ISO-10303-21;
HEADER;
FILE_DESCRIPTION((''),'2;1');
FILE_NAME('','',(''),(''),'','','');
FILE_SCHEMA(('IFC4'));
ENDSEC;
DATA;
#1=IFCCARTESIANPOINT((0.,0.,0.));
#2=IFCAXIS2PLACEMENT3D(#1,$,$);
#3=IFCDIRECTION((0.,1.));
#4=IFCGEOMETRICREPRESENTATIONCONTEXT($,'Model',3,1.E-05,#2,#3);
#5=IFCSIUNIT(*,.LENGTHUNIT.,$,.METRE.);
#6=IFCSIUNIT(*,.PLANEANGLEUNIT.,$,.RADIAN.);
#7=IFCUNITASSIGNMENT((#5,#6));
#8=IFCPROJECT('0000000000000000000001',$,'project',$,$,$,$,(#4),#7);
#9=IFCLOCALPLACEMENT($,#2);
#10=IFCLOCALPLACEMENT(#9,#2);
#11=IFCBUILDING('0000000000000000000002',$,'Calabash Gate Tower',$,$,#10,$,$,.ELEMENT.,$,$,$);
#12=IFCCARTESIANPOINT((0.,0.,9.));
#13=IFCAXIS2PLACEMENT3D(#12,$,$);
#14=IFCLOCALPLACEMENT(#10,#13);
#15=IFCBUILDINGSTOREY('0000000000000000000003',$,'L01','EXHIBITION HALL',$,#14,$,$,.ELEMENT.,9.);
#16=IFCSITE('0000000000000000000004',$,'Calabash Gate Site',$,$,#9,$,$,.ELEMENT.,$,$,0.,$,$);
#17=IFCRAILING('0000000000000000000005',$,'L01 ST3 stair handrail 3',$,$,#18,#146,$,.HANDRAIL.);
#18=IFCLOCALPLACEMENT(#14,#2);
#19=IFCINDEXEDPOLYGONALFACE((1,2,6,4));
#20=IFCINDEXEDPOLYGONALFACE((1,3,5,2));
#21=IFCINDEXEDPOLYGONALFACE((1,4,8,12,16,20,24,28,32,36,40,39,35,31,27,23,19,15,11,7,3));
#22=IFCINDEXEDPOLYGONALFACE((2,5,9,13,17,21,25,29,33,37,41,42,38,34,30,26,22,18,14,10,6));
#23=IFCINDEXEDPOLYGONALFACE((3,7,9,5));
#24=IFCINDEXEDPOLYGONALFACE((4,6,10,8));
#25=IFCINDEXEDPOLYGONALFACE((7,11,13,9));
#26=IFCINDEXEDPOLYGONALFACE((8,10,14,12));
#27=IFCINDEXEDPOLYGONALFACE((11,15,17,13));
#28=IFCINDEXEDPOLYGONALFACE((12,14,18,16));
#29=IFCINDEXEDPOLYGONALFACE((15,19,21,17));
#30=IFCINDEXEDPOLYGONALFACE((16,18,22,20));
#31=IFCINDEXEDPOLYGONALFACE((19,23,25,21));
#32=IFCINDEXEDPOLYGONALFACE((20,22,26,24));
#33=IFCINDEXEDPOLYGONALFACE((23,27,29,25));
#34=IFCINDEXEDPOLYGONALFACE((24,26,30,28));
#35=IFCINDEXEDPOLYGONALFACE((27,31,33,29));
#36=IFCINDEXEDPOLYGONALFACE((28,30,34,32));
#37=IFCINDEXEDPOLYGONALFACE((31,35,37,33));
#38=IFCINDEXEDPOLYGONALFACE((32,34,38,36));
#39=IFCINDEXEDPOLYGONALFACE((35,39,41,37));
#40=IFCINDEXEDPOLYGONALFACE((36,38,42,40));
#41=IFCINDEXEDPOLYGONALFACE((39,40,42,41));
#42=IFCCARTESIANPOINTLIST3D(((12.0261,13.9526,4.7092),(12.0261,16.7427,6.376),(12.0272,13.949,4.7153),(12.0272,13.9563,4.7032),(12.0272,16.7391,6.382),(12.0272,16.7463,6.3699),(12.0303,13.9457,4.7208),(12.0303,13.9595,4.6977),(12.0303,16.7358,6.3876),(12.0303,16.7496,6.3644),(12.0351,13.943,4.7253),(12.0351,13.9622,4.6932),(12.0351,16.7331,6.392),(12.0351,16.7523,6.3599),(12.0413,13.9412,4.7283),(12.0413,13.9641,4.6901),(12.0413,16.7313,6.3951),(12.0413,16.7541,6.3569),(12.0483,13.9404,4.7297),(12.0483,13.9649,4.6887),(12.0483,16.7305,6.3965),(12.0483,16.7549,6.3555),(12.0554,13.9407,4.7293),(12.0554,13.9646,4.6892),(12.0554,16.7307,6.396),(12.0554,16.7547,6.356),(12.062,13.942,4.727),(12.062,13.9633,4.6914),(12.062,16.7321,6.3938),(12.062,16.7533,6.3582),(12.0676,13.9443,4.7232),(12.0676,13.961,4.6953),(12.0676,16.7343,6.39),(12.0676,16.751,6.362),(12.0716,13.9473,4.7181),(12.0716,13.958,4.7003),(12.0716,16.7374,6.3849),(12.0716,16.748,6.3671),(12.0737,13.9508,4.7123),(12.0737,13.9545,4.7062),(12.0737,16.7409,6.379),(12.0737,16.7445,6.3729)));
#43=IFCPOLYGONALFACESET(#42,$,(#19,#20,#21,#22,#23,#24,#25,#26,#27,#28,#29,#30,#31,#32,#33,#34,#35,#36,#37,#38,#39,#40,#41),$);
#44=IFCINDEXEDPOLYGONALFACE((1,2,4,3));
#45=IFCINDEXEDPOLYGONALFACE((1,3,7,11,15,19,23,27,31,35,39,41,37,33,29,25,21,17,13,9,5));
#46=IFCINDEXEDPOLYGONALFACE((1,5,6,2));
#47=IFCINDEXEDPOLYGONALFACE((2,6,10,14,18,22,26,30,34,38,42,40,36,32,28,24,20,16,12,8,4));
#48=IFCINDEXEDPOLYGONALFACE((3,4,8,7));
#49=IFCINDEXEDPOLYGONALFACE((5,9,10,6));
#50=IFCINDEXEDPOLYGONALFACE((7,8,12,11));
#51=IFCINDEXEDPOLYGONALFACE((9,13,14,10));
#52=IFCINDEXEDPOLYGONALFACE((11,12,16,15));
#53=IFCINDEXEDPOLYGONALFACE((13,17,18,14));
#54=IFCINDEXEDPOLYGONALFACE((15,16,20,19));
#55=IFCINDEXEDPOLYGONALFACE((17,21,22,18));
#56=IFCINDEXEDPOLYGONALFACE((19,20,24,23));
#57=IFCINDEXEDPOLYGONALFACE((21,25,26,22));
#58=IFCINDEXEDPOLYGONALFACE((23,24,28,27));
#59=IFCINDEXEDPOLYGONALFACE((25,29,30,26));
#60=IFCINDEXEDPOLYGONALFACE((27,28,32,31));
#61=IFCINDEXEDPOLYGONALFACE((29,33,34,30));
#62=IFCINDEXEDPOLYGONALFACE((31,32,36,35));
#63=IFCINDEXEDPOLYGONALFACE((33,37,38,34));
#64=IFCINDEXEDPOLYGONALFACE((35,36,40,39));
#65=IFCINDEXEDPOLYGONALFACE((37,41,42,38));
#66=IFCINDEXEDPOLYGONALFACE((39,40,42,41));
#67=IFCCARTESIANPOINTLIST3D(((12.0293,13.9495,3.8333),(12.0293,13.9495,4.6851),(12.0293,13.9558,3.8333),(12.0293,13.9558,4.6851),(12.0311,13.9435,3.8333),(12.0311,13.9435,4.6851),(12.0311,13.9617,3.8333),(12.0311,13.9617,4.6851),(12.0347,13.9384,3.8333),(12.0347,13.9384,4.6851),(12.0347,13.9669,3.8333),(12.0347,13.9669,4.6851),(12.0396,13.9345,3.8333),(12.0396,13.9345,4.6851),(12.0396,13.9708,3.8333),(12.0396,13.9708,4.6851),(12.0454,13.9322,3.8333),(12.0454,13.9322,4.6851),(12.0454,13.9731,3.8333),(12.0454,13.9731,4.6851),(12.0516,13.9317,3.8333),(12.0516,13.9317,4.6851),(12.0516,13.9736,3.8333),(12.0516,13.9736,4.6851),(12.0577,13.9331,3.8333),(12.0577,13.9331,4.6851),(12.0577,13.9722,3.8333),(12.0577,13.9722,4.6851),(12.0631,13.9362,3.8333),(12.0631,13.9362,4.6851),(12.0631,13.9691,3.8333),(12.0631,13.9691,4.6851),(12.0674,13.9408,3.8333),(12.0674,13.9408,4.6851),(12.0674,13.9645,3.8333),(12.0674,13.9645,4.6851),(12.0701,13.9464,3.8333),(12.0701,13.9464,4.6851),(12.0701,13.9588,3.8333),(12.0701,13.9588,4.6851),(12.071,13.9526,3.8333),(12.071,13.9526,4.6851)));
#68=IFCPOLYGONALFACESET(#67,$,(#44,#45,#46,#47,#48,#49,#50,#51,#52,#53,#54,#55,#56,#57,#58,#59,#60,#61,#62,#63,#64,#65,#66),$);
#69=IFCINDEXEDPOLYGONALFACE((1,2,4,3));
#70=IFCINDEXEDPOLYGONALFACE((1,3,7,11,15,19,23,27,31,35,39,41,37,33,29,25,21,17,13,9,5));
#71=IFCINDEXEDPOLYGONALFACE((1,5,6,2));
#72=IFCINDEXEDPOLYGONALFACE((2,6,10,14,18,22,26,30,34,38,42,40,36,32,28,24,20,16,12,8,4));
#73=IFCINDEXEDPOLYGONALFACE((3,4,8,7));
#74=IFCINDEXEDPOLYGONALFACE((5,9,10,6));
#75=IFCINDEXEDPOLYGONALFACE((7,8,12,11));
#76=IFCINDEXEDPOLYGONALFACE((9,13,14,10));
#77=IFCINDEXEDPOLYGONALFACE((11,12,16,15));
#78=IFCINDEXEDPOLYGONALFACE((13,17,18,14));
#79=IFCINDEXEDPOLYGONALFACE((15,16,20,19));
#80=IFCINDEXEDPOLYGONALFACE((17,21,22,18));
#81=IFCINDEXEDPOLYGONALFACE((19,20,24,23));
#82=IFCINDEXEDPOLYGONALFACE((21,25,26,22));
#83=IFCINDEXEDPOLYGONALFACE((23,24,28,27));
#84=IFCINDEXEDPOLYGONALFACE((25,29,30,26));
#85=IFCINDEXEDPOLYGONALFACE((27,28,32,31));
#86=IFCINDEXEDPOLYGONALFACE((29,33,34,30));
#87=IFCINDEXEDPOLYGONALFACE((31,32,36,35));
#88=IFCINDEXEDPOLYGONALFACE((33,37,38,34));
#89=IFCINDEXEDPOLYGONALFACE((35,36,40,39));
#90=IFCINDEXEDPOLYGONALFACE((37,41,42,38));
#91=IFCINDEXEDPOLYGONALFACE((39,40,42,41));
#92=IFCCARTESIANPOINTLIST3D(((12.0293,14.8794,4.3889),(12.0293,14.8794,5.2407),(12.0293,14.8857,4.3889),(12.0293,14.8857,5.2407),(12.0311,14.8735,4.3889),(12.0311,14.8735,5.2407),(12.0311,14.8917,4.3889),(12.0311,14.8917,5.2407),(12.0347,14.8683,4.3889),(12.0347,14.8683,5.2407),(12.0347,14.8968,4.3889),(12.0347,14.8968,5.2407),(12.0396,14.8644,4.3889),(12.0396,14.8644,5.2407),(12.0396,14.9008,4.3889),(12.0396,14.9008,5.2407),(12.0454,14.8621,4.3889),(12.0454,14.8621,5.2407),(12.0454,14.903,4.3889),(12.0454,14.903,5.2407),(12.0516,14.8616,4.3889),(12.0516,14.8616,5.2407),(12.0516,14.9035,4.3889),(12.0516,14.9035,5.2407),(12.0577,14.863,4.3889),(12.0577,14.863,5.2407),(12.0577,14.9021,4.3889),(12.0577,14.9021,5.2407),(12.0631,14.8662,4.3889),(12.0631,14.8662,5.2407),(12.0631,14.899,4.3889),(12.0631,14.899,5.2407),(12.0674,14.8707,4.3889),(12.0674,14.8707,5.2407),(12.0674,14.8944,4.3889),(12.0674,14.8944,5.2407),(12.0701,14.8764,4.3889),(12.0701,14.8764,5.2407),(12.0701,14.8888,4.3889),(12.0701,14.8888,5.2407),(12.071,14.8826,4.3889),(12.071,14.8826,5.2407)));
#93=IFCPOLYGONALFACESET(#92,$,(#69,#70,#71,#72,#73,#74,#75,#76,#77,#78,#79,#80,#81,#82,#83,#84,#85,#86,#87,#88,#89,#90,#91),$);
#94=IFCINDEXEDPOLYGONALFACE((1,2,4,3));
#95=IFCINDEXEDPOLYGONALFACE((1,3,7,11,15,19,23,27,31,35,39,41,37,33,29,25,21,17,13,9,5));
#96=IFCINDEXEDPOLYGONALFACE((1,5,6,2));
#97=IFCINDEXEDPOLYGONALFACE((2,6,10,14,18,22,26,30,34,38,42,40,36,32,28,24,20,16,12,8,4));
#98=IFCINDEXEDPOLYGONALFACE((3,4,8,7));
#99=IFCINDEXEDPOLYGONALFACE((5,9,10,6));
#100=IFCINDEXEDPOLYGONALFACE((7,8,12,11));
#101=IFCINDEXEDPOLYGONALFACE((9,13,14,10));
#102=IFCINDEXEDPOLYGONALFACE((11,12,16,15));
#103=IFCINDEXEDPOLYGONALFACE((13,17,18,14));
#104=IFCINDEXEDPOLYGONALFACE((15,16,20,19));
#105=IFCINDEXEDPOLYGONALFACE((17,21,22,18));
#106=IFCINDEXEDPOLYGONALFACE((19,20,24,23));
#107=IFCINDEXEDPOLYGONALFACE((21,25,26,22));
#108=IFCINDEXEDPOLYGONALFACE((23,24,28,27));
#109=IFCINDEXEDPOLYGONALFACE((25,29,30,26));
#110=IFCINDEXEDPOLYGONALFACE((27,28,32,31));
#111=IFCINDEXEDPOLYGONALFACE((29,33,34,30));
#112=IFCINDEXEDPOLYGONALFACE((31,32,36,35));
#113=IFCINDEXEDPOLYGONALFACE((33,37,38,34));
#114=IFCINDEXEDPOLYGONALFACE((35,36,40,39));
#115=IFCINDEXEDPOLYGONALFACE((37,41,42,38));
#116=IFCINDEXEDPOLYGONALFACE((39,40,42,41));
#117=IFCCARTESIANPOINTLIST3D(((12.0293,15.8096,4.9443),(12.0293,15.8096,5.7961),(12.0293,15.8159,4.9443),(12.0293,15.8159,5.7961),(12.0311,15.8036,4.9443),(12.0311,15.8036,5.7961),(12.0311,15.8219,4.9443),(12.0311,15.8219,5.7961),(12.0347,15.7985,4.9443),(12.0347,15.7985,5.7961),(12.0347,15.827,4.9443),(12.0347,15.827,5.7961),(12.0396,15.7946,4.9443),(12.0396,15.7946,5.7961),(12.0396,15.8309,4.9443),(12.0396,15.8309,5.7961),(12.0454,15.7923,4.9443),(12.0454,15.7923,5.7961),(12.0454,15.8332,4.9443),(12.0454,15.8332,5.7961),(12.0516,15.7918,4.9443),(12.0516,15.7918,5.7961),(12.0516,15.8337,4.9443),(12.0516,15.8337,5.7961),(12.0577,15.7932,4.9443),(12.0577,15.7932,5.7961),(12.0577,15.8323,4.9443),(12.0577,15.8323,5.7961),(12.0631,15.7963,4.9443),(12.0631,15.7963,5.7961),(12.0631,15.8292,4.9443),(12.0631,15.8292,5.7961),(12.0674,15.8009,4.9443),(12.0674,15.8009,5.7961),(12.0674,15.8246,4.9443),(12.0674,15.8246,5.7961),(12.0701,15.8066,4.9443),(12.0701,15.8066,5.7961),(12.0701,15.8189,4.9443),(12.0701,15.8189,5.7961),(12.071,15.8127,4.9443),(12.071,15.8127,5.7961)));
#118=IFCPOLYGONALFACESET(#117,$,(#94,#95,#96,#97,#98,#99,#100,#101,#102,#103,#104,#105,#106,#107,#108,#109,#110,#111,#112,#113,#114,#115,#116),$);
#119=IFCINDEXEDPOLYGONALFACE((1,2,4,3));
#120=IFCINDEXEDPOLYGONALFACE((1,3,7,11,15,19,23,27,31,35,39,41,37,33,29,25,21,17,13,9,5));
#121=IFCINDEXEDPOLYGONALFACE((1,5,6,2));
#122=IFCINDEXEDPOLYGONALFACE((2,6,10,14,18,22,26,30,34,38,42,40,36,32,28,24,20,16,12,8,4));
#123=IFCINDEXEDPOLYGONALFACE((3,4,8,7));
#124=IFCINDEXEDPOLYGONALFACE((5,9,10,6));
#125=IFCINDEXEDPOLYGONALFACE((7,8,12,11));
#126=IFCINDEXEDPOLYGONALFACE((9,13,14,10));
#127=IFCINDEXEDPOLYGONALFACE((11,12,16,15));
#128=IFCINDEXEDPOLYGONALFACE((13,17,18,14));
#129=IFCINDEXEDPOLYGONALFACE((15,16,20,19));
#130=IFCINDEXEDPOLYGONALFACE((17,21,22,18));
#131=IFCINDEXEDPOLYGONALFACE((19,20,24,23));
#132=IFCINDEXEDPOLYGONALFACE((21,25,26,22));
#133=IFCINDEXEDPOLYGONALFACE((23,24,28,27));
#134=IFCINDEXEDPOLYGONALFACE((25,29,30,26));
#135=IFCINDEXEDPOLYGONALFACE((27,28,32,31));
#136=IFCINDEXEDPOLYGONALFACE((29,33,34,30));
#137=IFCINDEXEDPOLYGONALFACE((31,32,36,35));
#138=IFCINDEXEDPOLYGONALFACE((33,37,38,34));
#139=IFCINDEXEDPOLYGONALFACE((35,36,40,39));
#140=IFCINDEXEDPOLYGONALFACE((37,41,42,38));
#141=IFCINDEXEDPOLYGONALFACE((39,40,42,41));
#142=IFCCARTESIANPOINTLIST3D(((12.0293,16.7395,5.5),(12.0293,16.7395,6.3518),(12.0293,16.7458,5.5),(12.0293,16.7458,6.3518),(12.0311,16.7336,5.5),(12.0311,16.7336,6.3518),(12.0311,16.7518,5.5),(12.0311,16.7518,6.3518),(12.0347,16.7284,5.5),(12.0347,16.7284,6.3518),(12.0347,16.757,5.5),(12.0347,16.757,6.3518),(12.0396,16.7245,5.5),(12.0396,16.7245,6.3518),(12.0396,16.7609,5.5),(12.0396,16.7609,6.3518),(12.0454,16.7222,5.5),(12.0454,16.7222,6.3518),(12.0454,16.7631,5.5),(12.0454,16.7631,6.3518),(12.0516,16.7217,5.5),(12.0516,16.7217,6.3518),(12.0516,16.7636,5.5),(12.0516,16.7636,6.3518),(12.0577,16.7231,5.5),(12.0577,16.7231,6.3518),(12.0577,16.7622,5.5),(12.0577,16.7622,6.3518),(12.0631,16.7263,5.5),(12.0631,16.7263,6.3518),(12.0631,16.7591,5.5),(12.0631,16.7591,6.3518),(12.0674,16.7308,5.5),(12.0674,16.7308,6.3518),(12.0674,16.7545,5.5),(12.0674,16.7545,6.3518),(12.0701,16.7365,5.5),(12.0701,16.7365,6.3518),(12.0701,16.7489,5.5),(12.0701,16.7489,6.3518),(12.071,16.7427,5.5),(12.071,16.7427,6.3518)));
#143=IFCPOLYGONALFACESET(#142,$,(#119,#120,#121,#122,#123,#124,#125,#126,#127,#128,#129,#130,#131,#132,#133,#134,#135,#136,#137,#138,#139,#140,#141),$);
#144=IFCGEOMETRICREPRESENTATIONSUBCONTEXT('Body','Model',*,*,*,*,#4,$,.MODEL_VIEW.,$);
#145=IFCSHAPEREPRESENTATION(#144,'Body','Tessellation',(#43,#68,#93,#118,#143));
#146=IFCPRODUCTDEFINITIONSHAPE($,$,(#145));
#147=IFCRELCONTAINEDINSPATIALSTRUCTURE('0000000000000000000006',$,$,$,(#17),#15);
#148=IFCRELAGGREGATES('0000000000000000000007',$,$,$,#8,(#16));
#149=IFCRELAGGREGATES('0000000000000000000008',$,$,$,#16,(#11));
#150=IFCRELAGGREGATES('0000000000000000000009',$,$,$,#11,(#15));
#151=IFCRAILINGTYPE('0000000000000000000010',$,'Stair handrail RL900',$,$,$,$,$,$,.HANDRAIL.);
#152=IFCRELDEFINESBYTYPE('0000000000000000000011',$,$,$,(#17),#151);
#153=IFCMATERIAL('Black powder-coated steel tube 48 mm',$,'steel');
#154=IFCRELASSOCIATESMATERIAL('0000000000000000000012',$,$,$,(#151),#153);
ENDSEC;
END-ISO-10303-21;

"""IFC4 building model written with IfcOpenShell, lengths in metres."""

from ifc_helpers import new_model, si_unit, direction, frame, origin, origin_2d, place, context, subcontext, project, spatial, circle, extrude, material, type_object, element, save


model = new_model("IFC4")

# Units and contexts
model_context = context("Model", 3, precision=1e-05, world=origin(), true_north=direction((0.0, 1.0)))
body_context = subcontext(model_context, "Body", "Model", "MODEL_VIEW")
ifc_project = project(units=[si_unit("LENGTHUNIT", "METRE"), si_unit("PLANEANGLEUNIT", "RADIAN")], contexts=[model_context])

# Site, building, storey
site_placement = place(None, origin())
site = spatial("IfcSite", under=ifc_project, at=site_placement, Name="Calabash Gate Site", CompositionType="ELEMENT", RefElevation=0.0)
building_placement = place(site_placement, origin())
building = spatial("IfcBuilding", under=site, at=building_placement, Name="Calabash Gate Tower", CompositionType="ELEMENT")
storey_placement = place(building_placement, frame((0.0, 0.0, 9.0)))
storey = spatial("IfcBuildingStorey", under=building, at=storey_placement, Name="L01", Description="EXHIBITION HALL", CompositionType="ELEMENT", Elevation=9.0)

# Railing
ifc_material_1 = material(Name="Black powder-coated steel tube 48 mm", Category="steel")
railing_type_1 = type_object("IfcRailingType", Name="Stair handrail RL900", PredefinedType="HANDRAIL", material=ifc_material_1)
railing_1_placement = place(storey_placement, frame((12.05, 13.9526, 3.8333)))
element("IfcRailing", 1, at=railing_1_placement, inside=storey, type_object=railing_type_1, Name="L01 ST3 stair handrail 3", PredefinedType="HANDRAIL", context=body_context, shape_type="SweptSolid", body=[
    extrude(circle(Radius=0.0239, at=origin_2d()), frame((0.0, 0.0, 0.876), z_axis=(0.0, 0.858479, 0.512849), x_axis=(-1.0, 0.0, 0.0)), (0.0, 0.0, 1.0), 3.25),
    extrude(circle(Radius=0.021, at=origin_2d()), origin(), (0.0, 0.0, 1.0), 0.8518),
    extrude(circle(Radius=0.021, at=origin_2d()), frame((0.0, 0.9299, 0.5557)), (0.0, 0.0, 1.0), 0.8518),
    extrude(circle(Radius=0.021, at=origin_2d()), frame((0.0, 1.8601, 1.1111)), (0.0, 0.0, 1.0), 0.8518),
    extrude(circle(Radius=0.021, at=origin_2d()), frame((0.0, 2.79, 1.6667)), (0.0, 0.0, 1.0), 0.8518),
])

save(model, "model.ifc")
